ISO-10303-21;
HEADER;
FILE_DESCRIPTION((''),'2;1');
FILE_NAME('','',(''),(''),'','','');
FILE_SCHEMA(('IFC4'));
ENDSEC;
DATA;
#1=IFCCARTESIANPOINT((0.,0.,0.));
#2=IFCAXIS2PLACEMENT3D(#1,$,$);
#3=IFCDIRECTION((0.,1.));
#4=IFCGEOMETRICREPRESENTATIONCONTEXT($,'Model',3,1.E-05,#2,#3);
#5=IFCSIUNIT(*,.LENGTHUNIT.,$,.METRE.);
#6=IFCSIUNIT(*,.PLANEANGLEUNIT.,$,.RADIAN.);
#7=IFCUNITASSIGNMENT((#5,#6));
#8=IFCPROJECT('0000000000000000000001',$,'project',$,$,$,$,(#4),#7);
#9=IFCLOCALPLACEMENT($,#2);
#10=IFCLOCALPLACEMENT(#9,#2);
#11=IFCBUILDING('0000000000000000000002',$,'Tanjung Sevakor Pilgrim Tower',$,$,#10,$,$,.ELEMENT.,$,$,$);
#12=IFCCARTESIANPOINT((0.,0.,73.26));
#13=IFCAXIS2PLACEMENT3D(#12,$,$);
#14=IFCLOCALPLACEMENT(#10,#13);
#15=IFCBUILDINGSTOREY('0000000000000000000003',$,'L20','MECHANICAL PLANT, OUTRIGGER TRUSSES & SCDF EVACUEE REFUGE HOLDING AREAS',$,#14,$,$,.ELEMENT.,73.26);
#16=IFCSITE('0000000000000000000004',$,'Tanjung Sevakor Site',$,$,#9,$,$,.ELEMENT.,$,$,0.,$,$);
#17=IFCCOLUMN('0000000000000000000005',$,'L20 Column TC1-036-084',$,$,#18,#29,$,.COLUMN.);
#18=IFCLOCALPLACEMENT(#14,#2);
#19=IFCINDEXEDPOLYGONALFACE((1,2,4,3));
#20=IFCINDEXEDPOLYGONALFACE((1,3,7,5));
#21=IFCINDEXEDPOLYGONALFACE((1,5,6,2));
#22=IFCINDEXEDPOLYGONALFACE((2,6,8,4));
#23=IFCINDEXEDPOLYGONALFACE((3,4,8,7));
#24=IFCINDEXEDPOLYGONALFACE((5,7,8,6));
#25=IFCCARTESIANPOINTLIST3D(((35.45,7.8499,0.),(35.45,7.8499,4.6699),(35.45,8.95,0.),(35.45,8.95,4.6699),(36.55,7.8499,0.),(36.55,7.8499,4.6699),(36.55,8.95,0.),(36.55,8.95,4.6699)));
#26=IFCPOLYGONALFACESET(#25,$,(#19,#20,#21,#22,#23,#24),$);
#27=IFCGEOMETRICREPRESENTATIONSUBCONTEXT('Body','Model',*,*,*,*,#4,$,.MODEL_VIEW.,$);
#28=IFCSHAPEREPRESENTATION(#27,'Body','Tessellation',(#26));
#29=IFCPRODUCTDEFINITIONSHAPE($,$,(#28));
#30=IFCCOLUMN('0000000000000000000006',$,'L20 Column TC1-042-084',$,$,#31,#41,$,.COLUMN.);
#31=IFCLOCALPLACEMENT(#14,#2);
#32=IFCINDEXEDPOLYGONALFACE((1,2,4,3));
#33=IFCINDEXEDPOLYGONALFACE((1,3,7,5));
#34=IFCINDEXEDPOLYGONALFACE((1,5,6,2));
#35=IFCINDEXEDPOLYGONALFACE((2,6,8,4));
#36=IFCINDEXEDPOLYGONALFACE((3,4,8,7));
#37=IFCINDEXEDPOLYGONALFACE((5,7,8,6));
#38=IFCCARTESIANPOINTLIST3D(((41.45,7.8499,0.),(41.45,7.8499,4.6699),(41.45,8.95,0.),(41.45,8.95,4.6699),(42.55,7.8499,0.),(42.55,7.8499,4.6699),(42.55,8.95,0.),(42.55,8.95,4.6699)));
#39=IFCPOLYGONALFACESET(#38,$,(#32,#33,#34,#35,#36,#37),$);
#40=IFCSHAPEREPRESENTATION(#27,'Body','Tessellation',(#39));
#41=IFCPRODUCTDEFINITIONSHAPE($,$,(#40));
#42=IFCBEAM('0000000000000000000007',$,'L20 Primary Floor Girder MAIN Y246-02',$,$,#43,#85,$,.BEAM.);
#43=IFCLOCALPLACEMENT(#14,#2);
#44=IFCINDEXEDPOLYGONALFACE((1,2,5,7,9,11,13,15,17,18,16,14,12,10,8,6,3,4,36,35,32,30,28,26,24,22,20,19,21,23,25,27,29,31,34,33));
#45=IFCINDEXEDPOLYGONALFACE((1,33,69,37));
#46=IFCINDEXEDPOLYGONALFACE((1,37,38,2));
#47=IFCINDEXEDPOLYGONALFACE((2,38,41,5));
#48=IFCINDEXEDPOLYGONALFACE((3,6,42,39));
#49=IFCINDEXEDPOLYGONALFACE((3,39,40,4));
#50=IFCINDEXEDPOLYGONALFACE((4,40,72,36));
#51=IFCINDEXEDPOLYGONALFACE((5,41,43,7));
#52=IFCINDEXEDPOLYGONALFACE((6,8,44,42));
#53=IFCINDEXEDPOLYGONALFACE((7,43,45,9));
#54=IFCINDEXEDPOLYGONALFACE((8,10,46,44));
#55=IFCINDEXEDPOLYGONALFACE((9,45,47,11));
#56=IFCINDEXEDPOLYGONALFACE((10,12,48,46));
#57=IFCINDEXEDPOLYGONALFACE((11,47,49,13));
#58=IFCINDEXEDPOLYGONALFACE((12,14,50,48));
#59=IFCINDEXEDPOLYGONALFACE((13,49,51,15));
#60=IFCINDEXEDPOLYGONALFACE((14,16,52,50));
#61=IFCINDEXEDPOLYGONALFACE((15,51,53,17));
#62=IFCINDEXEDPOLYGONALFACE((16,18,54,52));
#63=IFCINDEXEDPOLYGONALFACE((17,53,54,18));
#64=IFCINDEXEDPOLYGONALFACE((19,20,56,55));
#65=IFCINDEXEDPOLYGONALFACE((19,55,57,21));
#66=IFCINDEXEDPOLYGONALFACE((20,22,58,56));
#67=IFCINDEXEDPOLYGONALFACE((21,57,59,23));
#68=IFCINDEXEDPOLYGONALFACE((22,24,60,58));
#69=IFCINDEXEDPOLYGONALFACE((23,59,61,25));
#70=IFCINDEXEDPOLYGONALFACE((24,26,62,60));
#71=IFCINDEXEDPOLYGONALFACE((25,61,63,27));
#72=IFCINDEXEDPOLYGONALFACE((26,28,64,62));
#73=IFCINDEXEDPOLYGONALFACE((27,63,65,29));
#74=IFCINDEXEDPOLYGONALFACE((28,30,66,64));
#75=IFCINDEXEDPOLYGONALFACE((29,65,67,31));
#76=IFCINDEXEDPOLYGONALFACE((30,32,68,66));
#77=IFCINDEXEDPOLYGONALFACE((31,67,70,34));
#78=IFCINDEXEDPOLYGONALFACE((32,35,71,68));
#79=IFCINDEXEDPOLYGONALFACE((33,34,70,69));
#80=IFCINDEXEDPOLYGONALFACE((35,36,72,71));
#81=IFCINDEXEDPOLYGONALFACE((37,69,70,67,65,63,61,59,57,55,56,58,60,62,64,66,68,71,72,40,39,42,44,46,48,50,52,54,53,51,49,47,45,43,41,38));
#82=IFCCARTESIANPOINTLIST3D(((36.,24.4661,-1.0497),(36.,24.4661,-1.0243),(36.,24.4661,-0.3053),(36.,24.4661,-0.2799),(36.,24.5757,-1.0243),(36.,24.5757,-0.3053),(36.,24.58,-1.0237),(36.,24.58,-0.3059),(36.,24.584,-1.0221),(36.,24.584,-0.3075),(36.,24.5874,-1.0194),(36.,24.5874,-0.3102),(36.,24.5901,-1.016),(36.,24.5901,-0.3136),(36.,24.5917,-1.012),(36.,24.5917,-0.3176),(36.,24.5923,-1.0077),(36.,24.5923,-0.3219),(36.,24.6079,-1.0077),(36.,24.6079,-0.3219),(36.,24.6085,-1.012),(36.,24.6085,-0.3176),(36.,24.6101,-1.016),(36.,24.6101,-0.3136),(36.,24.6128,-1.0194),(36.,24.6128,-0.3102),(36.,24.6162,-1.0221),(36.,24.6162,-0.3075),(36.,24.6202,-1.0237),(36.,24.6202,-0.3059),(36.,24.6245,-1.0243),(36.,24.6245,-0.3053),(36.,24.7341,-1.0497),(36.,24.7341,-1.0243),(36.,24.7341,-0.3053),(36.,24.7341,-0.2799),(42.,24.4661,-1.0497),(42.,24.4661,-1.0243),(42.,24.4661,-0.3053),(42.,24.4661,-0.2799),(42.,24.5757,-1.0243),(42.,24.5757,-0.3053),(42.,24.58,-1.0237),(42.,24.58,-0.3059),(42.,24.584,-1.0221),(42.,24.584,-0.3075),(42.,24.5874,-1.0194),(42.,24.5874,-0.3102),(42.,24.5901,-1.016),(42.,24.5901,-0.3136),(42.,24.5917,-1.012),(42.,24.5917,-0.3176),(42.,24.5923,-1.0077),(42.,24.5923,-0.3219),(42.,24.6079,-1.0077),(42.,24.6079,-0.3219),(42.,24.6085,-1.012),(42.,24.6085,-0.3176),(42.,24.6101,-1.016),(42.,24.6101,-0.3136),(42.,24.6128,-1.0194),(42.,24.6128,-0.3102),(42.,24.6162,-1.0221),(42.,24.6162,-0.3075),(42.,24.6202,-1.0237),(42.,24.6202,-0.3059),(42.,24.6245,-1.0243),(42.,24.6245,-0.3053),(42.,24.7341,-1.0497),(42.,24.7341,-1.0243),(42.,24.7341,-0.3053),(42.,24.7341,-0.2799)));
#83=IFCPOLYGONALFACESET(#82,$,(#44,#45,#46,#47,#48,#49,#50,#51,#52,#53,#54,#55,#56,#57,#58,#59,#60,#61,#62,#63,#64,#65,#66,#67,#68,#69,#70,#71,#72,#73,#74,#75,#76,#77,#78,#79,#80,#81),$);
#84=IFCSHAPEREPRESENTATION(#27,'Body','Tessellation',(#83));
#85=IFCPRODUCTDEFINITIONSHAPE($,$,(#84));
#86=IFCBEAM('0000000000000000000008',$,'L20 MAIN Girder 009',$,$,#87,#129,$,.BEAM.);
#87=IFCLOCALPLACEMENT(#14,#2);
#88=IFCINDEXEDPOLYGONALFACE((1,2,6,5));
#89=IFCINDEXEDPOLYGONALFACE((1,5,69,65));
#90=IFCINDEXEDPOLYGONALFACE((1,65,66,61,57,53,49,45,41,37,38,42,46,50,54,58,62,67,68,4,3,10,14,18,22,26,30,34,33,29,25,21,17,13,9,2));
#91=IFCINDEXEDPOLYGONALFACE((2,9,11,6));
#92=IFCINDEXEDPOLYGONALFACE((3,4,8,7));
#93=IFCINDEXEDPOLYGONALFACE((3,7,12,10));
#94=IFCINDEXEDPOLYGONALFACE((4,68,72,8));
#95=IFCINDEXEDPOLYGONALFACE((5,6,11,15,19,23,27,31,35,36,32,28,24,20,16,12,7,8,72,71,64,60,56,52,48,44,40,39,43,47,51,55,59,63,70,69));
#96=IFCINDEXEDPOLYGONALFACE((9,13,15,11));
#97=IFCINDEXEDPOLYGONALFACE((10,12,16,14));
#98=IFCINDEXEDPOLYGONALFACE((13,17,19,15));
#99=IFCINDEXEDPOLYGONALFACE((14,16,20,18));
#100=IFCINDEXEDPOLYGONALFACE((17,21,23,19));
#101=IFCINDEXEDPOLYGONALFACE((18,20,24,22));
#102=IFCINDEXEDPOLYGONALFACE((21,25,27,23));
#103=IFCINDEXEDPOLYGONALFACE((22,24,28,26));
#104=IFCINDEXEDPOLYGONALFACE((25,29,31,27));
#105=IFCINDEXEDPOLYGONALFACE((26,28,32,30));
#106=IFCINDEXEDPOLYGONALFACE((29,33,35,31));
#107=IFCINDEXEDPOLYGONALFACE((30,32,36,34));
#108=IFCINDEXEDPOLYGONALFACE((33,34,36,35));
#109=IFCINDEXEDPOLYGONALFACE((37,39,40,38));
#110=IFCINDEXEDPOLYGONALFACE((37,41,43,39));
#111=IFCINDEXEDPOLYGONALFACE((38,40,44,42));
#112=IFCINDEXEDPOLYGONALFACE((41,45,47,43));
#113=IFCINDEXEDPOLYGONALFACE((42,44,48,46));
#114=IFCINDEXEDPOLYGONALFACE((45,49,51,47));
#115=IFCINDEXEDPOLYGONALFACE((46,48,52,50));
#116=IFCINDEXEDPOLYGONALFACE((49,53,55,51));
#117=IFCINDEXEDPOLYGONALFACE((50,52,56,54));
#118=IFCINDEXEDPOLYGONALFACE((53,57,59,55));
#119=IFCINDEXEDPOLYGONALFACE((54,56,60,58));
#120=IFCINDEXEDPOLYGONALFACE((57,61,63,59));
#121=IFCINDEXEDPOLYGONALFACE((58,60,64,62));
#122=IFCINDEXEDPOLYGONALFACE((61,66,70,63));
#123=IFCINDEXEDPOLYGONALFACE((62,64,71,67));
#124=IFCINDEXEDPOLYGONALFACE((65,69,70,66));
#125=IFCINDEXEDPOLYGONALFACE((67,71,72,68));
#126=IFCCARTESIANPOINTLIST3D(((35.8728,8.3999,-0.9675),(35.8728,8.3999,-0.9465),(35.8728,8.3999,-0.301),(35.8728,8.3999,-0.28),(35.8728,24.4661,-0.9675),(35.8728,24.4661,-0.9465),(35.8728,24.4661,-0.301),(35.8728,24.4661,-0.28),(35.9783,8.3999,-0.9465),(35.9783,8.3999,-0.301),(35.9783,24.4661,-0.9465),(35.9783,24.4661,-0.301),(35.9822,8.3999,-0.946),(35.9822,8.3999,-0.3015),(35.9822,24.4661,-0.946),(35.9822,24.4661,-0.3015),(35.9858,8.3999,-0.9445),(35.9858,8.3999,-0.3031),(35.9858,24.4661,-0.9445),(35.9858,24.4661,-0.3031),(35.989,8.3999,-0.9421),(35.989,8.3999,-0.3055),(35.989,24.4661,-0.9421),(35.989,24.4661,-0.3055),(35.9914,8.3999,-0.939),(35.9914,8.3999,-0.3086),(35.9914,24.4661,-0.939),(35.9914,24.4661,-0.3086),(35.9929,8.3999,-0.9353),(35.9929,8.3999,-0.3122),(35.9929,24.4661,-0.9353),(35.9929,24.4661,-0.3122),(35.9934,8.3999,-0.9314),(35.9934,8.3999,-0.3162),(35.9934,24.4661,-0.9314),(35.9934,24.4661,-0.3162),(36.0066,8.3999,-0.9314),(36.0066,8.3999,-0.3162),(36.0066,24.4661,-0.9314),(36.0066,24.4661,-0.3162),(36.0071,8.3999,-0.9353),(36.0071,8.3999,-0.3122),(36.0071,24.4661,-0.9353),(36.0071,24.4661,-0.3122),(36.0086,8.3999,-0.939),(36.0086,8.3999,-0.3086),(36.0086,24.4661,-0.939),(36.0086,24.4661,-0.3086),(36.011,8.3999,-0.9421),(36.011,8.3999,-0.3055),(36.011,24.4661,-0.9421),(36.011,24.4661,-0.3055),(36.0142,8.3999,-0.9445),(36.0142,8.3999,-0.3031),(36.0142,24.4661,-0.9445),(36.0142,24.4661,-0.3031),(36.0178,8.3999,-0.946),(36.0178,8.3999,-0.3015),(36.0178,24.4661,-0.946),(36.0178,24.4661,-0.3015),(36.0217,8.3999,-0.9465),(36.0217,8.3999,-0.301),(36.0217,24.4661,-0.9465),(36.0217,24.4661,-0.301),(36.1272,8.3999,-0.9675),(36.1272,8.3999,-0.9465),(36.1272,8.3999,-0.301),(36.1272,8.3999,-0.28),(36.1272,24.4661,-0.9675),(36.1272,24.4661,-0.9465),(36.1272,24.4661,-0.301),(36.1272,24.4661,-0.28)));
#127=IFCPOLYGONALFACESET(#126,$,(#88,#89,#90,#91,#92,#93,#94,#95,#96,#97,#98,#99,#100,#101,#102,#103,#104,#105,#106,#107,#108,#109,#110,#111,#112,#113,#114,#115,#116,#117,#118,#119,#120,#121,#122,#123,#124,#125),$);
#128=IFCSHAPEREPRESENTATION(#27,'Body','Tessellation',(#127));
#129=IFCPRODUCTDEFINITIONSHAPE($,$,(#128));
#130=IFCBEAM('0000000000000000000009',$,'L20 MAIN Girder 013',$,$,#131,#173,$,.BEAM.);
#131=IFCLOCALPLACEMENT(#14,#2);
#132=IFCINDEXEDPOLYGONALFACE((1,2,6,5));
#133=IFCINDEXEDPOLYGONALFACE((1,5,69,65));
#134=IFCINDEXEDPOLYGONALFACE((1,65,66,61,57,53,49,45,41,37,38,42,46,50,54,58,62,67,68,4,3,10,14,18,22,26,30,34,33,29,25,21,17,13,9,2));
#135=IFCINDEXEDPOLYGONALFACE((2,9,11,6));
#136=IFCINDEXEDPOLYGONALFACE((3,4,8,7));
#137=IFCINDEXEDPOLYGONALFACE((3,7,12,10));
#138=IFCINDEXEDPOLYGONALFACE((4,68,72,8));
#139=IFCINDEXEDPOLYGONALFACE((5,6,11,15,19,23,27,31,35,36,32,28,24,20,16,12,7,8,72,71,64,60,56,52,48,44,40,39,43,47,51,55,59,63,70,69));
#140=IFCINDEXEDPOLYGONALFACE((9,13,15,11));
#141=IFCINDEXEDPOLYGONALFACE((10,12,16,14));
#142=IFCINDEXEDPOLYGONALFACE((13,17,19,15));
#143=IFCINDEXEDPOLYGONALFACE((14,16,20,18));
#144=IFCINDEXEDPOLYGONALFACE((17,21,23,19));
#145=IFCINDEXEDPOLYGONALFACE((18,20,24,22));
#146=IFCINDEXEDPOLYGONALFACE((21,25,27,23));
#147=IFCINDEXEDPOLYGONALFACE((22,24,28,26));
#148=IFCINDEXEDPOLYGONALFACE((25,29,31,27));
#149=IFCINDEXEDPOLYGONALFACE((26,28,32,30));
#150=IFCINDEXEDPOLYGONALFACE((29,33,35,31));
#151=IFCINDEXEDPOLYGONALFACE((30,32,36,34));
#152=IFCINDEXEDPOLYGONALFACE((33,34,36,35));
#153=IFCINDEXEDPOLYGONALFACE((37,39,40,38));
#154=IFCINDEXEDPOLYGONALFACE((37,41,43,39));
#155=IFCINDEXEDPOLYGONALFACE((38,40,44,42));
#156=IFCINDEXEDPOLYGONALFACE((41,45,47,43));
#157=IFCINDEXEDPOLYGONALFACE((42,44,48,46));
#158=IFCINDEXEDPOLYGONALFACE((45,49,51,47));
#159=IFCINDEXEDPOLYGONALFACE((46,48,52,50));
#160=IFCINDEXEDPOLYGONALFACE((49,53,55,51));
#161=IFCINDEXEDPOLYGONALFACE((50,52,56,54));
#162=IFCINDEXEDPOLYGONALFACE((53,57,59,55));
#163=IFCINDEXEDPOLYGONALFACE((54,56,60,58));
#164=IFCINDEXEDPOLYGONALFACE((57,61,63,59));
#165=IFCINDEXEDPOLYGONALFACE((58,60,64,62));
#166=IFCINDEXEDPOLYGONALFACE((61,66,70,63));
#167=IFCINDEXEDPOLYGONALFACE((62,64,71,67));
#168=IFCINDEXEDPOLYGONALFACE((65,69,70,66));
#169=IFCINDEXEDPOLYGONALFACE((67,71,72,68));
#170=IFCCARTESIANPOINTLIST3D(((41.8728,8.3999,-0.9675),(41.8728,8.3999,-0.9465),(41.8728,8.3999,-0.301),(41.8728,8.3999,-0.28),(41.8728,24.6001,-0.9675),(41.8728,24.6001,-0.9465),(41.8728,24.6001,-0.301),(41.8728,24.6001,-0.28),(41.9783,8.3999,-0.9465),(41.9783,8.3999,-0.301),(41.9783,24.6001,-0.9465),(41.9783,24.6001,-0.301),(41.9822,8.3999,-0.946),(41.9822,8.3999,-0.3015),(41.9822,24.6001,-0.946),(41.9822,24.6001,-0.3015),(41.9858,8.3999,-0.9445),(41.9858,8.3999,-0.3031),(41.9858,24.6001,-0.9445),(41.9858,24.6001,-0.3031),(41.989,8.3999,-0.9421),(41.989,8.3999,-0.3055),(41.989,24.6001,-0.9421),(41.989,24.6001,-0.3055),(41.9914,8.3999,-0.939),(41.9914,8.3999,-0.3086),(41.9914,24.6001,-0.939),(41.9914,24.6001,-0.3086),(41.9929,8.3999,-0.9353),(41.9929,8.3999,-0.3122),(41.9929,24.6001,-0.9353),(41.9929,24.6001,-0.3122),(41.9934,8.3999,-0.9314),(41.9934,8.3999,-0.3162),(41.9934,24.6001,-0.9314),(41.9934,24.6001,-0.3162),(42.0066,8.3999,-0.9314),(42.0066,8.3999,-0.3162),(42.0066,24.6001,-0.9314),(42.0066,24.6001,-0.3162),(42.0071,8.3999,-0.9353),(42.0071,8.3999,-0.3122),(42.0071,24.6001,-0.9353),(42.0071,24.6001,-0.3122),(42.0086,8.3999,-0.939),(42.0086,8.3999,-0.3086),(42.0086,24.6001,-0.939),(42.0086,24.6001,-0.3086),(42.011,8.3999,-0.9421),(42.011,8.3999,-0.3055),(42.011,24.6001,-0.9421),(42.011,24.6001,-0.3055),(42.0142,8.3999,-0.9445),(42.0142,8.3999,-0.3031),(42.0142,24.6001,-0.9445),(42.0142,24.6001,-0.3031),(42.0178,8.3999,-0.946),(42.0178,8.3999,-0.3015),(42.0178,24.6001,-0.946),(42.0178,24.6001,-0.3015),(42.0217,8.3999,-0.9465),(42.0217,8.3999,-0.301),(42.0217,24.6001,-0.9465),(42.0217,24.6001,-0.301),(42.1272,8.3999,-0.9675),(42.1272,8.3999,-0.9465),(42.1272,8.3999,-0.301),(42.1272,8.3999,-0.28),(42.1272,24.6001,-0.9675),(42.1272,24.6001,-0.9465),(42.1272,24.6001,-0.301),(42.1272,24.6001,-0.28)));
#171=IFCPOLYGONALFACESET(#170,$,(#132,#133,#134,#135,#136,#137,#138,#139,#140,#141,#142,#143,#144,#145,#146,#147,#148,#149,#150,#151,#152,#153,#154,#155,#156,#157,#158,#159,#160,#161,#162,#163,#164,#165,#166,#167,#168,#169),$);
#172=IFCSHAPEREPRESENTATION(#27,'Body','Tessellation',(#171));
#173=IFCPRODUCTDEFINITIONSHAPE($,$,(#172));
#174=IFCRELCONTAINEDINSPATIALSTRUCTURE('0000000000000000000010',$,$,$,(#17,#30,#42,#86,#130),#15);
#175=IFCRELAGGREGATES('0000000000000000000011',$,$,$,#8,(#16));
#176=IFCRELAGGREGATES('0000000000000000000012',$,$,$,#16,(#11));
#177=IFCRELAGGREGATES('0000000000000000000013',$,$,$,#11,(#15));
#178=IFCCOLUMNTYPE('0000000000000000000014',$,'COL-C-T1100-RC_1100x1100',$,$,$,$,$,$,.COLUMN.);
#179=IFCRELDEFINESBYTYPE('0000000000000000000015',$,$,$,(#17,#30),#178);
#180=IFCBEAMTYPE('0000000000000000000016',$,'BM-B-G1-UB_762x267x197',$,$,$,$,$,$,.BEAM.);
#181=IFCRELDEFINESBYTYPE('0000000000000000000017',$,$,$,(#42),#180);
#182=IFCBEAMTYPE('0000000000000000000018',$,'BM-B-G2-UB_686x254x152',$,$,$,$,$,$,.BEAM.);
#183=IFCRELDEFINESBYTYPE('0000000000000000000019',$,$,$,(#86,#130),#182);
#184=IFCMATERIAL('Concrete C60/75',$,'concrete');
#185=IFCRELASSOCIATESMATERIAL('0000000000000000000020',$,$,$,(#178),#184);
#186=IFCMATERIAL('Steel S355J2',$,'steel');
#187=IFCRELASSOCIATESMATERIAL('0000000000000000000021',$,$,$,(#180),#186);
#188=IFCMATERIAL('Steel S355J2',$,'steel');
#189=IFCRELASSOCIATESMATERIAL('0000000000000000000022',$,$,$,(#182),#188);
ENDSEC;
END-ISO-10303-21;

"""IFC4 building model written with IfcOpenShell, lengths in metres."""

from ifc_helpers import new_model, si_unit, direction, frame, origin, origin_2d, place, context, subcontext, project, spatial, rectangle, i_section, extrude, material, material_profile, profile_set, type_object, element, save


model = new_model("IFC4")

# Units and contexts
model_context = context("Model", 3, precision=1e-05, world=origin(), true_north=direction((0.0, 1.0)))
body_context = subcontext(model_context, "Body", "Model", "MODEL_VIEW")
ifc_project = project(units=[si_unit("LENGTHUNIT", "METRE"), si_unit("PLANEANGLEUNIT", "RADIAN")], contexts=[model_context])

# Site, building, storey
site_placement = place(None, origin())
site = spatial("IfcSite", under=ifc_project, at=site_placement, Name="Tanjung Sevakor Site", CompositionType="ELEMENT", RefElevation=0.0)
building_placement = place(site_placement, origin())
building = spatial("IfcBuilding", under=site, at=building_placement, Name="Tanjung Sevakor Pilgrim Tower", CompositionType="ELEMENT")
storey_placement = place(building_placement, frame((0.0, 0.0, 73.26)))
storey = spatial("IfcBuildingStorey", under=building, at=storey_placement, Name="L20", Description="MECHANICAL PLANT, OUTRIGGER TRUSSES & SCDF EVACUEE REFUGE HOLDING AREAS", CompositionType="ELEMENT", Elevation=73.26)

# Columns
ifc_material_1 = material(Name="Concrete C60/75", Category="concrete")
ifc_material_profile_1 = material_profile(ifc_material_1, rectangle(XDim=1.1001, YDim=1.1001, at=origin_2d()))
ifc_profile_set_1 = profile_set([ifc_material_profile_1], Name="Concrete C60/75")
column_type = type_object("IfcColumnType", Name="COL-C-T1100-RC_1100x1100", PredefinedType="COLUMN", material=ifc_profile_set_1)
for number, where, z_axis, x_axis, name in (
    (1, (36.0, 8.3999, 0.0), (0.0, 0.0, 1.0), (1.0, 0.0, 0.0), "L20 Column TC1-036-084"),
    (2, (42.0, 8.3999, 0.0), (0.0, 0.0, 1.0), (1.0, 0.0, 0.0), "L20 Column TC1-042-084"),
):
    element("IfcColumn", number, at=place(storey_placement, frame(where, z_axis=z_axis, x_axis=x_axis)), inside=storey, type_object=column_type, Name=name, PredefinedType="COLUMN", context=body_context, shape_type="SweptSolid", body=[
        extrude(rectangle(XDim=1.1001, YDim=1.1001, at=origin_2d()), origin(), (0.0, 0.0, 1.0), 4.6699),
    ])

# Beams
ifc_material_2 = material(Name="Steel S355J2", Category="steel")
ifc_material_profile_2 = material_profile(ifc_material_2, i_section(OverallWidth=0.2681, OverallDepth=0.7698, WebThickness=0.0156, FlangeThickness=0.0254, FilletRadius=0.0166, at=origin_2d()))
ifc_profile_set_2 = profile_set([ifc_material_profile_2], Name="Steel S355J2")
beam_type_1 = type_object("IfcBeamType", Name="BM-B-G1-UB_762x267x197", PredefinedType="BEAM", material=ifc_profile_set_2)
beam_1_placement = place(storey_placement, frame((36.0, 24.6001, -0.6648), z_axis=(1.0, 0.0, 0.0), x_axis=(0.0, 1.0, 0.0)))
element("IfcBeam", 3, at=beam_1_placement, inside=storey, type_object=beam_type_1, Name="L20 Primary Floor Girder MAIN Y246-02", PredefinedType="BEAM", context=body_context, shape_type="SweptSolid", body=[
    extrude(i_section(OverallWidth=0.2681, OverallDepth=0.7698, WebThickness=0.0156, FlangeThickness=0.0254, FilletRadius=0.0166, at=origin_2d()), origin(), (0.0, 0.0, 1.0), 6.0),
])
ifc_material_3 = material(Name="Steel S355J2", Category="steel")
ifc_material_profile_3 = material_profile(ifc_material_3, i_section(OverallWidth=0.2544, OverallDepth=0.6875, WebThickness=0.0132, FlangeThickness=0.021, FilletRadius=0.0151, at=origin_2d()))
ifc_profile_set_3 = profile_set([ifc_material_profile_3], Name="Steel S355J2")
beam_type_2 = type_object("IfcBeamType", Name="BM-B-G2-UB_686x254x152", PredefinedType="BEAM", material=ifc_profile_set_3)
beam_2_placement = place(storey_placement, frame((36.0, 8.3999, -0.6238), z_axis=(0.0, 1.0, 0.0), x_axis=(-1.0, 0.0, 0.0)))
element("IfcBeam", 4, at=beam_2_placement, inside=storey, type_object=beam_type_2, Name="L20 MAIN Girder 009", PredefinedType="BEAM", context=body_context, shape_type="SweptSolid", body=[
    extrude(i_section(OverallWidth=0.2544, OverallDepth=0.6875, WebThickness=0.0132, FlangeThickness=0.021, FilletRadius=0.0151, at=origin_2d()), origin(), (0.0, 0.0, 1.0), 16.0662),
])
beam_3_placement = place(storey_placement, frame((42.0, 8.3999, -0.6238), z_axis=(0.0, 1.0, 0.0), x_axis=(-1.0, 0.0, 0.0)))
element("IfcBeam", 5, at=beam_3_placement, inside=storey, type_object=beam_type_2, Name="L20 MAIN Girder 013", PredefinedType="BEAM", context=body_context, shape_type="SweptSolid", body=[
    extrude(i_section(OverallWidth=0.2544, OverallDepth=0.6875, WebThickness=0.0132, FlangeThickness=0.021, FilletRadius=0.0151, at=origin_2d()), origin(), (0.0, 0.0, 1.0), 16.2002),
])

save(model, "model.ifc")
